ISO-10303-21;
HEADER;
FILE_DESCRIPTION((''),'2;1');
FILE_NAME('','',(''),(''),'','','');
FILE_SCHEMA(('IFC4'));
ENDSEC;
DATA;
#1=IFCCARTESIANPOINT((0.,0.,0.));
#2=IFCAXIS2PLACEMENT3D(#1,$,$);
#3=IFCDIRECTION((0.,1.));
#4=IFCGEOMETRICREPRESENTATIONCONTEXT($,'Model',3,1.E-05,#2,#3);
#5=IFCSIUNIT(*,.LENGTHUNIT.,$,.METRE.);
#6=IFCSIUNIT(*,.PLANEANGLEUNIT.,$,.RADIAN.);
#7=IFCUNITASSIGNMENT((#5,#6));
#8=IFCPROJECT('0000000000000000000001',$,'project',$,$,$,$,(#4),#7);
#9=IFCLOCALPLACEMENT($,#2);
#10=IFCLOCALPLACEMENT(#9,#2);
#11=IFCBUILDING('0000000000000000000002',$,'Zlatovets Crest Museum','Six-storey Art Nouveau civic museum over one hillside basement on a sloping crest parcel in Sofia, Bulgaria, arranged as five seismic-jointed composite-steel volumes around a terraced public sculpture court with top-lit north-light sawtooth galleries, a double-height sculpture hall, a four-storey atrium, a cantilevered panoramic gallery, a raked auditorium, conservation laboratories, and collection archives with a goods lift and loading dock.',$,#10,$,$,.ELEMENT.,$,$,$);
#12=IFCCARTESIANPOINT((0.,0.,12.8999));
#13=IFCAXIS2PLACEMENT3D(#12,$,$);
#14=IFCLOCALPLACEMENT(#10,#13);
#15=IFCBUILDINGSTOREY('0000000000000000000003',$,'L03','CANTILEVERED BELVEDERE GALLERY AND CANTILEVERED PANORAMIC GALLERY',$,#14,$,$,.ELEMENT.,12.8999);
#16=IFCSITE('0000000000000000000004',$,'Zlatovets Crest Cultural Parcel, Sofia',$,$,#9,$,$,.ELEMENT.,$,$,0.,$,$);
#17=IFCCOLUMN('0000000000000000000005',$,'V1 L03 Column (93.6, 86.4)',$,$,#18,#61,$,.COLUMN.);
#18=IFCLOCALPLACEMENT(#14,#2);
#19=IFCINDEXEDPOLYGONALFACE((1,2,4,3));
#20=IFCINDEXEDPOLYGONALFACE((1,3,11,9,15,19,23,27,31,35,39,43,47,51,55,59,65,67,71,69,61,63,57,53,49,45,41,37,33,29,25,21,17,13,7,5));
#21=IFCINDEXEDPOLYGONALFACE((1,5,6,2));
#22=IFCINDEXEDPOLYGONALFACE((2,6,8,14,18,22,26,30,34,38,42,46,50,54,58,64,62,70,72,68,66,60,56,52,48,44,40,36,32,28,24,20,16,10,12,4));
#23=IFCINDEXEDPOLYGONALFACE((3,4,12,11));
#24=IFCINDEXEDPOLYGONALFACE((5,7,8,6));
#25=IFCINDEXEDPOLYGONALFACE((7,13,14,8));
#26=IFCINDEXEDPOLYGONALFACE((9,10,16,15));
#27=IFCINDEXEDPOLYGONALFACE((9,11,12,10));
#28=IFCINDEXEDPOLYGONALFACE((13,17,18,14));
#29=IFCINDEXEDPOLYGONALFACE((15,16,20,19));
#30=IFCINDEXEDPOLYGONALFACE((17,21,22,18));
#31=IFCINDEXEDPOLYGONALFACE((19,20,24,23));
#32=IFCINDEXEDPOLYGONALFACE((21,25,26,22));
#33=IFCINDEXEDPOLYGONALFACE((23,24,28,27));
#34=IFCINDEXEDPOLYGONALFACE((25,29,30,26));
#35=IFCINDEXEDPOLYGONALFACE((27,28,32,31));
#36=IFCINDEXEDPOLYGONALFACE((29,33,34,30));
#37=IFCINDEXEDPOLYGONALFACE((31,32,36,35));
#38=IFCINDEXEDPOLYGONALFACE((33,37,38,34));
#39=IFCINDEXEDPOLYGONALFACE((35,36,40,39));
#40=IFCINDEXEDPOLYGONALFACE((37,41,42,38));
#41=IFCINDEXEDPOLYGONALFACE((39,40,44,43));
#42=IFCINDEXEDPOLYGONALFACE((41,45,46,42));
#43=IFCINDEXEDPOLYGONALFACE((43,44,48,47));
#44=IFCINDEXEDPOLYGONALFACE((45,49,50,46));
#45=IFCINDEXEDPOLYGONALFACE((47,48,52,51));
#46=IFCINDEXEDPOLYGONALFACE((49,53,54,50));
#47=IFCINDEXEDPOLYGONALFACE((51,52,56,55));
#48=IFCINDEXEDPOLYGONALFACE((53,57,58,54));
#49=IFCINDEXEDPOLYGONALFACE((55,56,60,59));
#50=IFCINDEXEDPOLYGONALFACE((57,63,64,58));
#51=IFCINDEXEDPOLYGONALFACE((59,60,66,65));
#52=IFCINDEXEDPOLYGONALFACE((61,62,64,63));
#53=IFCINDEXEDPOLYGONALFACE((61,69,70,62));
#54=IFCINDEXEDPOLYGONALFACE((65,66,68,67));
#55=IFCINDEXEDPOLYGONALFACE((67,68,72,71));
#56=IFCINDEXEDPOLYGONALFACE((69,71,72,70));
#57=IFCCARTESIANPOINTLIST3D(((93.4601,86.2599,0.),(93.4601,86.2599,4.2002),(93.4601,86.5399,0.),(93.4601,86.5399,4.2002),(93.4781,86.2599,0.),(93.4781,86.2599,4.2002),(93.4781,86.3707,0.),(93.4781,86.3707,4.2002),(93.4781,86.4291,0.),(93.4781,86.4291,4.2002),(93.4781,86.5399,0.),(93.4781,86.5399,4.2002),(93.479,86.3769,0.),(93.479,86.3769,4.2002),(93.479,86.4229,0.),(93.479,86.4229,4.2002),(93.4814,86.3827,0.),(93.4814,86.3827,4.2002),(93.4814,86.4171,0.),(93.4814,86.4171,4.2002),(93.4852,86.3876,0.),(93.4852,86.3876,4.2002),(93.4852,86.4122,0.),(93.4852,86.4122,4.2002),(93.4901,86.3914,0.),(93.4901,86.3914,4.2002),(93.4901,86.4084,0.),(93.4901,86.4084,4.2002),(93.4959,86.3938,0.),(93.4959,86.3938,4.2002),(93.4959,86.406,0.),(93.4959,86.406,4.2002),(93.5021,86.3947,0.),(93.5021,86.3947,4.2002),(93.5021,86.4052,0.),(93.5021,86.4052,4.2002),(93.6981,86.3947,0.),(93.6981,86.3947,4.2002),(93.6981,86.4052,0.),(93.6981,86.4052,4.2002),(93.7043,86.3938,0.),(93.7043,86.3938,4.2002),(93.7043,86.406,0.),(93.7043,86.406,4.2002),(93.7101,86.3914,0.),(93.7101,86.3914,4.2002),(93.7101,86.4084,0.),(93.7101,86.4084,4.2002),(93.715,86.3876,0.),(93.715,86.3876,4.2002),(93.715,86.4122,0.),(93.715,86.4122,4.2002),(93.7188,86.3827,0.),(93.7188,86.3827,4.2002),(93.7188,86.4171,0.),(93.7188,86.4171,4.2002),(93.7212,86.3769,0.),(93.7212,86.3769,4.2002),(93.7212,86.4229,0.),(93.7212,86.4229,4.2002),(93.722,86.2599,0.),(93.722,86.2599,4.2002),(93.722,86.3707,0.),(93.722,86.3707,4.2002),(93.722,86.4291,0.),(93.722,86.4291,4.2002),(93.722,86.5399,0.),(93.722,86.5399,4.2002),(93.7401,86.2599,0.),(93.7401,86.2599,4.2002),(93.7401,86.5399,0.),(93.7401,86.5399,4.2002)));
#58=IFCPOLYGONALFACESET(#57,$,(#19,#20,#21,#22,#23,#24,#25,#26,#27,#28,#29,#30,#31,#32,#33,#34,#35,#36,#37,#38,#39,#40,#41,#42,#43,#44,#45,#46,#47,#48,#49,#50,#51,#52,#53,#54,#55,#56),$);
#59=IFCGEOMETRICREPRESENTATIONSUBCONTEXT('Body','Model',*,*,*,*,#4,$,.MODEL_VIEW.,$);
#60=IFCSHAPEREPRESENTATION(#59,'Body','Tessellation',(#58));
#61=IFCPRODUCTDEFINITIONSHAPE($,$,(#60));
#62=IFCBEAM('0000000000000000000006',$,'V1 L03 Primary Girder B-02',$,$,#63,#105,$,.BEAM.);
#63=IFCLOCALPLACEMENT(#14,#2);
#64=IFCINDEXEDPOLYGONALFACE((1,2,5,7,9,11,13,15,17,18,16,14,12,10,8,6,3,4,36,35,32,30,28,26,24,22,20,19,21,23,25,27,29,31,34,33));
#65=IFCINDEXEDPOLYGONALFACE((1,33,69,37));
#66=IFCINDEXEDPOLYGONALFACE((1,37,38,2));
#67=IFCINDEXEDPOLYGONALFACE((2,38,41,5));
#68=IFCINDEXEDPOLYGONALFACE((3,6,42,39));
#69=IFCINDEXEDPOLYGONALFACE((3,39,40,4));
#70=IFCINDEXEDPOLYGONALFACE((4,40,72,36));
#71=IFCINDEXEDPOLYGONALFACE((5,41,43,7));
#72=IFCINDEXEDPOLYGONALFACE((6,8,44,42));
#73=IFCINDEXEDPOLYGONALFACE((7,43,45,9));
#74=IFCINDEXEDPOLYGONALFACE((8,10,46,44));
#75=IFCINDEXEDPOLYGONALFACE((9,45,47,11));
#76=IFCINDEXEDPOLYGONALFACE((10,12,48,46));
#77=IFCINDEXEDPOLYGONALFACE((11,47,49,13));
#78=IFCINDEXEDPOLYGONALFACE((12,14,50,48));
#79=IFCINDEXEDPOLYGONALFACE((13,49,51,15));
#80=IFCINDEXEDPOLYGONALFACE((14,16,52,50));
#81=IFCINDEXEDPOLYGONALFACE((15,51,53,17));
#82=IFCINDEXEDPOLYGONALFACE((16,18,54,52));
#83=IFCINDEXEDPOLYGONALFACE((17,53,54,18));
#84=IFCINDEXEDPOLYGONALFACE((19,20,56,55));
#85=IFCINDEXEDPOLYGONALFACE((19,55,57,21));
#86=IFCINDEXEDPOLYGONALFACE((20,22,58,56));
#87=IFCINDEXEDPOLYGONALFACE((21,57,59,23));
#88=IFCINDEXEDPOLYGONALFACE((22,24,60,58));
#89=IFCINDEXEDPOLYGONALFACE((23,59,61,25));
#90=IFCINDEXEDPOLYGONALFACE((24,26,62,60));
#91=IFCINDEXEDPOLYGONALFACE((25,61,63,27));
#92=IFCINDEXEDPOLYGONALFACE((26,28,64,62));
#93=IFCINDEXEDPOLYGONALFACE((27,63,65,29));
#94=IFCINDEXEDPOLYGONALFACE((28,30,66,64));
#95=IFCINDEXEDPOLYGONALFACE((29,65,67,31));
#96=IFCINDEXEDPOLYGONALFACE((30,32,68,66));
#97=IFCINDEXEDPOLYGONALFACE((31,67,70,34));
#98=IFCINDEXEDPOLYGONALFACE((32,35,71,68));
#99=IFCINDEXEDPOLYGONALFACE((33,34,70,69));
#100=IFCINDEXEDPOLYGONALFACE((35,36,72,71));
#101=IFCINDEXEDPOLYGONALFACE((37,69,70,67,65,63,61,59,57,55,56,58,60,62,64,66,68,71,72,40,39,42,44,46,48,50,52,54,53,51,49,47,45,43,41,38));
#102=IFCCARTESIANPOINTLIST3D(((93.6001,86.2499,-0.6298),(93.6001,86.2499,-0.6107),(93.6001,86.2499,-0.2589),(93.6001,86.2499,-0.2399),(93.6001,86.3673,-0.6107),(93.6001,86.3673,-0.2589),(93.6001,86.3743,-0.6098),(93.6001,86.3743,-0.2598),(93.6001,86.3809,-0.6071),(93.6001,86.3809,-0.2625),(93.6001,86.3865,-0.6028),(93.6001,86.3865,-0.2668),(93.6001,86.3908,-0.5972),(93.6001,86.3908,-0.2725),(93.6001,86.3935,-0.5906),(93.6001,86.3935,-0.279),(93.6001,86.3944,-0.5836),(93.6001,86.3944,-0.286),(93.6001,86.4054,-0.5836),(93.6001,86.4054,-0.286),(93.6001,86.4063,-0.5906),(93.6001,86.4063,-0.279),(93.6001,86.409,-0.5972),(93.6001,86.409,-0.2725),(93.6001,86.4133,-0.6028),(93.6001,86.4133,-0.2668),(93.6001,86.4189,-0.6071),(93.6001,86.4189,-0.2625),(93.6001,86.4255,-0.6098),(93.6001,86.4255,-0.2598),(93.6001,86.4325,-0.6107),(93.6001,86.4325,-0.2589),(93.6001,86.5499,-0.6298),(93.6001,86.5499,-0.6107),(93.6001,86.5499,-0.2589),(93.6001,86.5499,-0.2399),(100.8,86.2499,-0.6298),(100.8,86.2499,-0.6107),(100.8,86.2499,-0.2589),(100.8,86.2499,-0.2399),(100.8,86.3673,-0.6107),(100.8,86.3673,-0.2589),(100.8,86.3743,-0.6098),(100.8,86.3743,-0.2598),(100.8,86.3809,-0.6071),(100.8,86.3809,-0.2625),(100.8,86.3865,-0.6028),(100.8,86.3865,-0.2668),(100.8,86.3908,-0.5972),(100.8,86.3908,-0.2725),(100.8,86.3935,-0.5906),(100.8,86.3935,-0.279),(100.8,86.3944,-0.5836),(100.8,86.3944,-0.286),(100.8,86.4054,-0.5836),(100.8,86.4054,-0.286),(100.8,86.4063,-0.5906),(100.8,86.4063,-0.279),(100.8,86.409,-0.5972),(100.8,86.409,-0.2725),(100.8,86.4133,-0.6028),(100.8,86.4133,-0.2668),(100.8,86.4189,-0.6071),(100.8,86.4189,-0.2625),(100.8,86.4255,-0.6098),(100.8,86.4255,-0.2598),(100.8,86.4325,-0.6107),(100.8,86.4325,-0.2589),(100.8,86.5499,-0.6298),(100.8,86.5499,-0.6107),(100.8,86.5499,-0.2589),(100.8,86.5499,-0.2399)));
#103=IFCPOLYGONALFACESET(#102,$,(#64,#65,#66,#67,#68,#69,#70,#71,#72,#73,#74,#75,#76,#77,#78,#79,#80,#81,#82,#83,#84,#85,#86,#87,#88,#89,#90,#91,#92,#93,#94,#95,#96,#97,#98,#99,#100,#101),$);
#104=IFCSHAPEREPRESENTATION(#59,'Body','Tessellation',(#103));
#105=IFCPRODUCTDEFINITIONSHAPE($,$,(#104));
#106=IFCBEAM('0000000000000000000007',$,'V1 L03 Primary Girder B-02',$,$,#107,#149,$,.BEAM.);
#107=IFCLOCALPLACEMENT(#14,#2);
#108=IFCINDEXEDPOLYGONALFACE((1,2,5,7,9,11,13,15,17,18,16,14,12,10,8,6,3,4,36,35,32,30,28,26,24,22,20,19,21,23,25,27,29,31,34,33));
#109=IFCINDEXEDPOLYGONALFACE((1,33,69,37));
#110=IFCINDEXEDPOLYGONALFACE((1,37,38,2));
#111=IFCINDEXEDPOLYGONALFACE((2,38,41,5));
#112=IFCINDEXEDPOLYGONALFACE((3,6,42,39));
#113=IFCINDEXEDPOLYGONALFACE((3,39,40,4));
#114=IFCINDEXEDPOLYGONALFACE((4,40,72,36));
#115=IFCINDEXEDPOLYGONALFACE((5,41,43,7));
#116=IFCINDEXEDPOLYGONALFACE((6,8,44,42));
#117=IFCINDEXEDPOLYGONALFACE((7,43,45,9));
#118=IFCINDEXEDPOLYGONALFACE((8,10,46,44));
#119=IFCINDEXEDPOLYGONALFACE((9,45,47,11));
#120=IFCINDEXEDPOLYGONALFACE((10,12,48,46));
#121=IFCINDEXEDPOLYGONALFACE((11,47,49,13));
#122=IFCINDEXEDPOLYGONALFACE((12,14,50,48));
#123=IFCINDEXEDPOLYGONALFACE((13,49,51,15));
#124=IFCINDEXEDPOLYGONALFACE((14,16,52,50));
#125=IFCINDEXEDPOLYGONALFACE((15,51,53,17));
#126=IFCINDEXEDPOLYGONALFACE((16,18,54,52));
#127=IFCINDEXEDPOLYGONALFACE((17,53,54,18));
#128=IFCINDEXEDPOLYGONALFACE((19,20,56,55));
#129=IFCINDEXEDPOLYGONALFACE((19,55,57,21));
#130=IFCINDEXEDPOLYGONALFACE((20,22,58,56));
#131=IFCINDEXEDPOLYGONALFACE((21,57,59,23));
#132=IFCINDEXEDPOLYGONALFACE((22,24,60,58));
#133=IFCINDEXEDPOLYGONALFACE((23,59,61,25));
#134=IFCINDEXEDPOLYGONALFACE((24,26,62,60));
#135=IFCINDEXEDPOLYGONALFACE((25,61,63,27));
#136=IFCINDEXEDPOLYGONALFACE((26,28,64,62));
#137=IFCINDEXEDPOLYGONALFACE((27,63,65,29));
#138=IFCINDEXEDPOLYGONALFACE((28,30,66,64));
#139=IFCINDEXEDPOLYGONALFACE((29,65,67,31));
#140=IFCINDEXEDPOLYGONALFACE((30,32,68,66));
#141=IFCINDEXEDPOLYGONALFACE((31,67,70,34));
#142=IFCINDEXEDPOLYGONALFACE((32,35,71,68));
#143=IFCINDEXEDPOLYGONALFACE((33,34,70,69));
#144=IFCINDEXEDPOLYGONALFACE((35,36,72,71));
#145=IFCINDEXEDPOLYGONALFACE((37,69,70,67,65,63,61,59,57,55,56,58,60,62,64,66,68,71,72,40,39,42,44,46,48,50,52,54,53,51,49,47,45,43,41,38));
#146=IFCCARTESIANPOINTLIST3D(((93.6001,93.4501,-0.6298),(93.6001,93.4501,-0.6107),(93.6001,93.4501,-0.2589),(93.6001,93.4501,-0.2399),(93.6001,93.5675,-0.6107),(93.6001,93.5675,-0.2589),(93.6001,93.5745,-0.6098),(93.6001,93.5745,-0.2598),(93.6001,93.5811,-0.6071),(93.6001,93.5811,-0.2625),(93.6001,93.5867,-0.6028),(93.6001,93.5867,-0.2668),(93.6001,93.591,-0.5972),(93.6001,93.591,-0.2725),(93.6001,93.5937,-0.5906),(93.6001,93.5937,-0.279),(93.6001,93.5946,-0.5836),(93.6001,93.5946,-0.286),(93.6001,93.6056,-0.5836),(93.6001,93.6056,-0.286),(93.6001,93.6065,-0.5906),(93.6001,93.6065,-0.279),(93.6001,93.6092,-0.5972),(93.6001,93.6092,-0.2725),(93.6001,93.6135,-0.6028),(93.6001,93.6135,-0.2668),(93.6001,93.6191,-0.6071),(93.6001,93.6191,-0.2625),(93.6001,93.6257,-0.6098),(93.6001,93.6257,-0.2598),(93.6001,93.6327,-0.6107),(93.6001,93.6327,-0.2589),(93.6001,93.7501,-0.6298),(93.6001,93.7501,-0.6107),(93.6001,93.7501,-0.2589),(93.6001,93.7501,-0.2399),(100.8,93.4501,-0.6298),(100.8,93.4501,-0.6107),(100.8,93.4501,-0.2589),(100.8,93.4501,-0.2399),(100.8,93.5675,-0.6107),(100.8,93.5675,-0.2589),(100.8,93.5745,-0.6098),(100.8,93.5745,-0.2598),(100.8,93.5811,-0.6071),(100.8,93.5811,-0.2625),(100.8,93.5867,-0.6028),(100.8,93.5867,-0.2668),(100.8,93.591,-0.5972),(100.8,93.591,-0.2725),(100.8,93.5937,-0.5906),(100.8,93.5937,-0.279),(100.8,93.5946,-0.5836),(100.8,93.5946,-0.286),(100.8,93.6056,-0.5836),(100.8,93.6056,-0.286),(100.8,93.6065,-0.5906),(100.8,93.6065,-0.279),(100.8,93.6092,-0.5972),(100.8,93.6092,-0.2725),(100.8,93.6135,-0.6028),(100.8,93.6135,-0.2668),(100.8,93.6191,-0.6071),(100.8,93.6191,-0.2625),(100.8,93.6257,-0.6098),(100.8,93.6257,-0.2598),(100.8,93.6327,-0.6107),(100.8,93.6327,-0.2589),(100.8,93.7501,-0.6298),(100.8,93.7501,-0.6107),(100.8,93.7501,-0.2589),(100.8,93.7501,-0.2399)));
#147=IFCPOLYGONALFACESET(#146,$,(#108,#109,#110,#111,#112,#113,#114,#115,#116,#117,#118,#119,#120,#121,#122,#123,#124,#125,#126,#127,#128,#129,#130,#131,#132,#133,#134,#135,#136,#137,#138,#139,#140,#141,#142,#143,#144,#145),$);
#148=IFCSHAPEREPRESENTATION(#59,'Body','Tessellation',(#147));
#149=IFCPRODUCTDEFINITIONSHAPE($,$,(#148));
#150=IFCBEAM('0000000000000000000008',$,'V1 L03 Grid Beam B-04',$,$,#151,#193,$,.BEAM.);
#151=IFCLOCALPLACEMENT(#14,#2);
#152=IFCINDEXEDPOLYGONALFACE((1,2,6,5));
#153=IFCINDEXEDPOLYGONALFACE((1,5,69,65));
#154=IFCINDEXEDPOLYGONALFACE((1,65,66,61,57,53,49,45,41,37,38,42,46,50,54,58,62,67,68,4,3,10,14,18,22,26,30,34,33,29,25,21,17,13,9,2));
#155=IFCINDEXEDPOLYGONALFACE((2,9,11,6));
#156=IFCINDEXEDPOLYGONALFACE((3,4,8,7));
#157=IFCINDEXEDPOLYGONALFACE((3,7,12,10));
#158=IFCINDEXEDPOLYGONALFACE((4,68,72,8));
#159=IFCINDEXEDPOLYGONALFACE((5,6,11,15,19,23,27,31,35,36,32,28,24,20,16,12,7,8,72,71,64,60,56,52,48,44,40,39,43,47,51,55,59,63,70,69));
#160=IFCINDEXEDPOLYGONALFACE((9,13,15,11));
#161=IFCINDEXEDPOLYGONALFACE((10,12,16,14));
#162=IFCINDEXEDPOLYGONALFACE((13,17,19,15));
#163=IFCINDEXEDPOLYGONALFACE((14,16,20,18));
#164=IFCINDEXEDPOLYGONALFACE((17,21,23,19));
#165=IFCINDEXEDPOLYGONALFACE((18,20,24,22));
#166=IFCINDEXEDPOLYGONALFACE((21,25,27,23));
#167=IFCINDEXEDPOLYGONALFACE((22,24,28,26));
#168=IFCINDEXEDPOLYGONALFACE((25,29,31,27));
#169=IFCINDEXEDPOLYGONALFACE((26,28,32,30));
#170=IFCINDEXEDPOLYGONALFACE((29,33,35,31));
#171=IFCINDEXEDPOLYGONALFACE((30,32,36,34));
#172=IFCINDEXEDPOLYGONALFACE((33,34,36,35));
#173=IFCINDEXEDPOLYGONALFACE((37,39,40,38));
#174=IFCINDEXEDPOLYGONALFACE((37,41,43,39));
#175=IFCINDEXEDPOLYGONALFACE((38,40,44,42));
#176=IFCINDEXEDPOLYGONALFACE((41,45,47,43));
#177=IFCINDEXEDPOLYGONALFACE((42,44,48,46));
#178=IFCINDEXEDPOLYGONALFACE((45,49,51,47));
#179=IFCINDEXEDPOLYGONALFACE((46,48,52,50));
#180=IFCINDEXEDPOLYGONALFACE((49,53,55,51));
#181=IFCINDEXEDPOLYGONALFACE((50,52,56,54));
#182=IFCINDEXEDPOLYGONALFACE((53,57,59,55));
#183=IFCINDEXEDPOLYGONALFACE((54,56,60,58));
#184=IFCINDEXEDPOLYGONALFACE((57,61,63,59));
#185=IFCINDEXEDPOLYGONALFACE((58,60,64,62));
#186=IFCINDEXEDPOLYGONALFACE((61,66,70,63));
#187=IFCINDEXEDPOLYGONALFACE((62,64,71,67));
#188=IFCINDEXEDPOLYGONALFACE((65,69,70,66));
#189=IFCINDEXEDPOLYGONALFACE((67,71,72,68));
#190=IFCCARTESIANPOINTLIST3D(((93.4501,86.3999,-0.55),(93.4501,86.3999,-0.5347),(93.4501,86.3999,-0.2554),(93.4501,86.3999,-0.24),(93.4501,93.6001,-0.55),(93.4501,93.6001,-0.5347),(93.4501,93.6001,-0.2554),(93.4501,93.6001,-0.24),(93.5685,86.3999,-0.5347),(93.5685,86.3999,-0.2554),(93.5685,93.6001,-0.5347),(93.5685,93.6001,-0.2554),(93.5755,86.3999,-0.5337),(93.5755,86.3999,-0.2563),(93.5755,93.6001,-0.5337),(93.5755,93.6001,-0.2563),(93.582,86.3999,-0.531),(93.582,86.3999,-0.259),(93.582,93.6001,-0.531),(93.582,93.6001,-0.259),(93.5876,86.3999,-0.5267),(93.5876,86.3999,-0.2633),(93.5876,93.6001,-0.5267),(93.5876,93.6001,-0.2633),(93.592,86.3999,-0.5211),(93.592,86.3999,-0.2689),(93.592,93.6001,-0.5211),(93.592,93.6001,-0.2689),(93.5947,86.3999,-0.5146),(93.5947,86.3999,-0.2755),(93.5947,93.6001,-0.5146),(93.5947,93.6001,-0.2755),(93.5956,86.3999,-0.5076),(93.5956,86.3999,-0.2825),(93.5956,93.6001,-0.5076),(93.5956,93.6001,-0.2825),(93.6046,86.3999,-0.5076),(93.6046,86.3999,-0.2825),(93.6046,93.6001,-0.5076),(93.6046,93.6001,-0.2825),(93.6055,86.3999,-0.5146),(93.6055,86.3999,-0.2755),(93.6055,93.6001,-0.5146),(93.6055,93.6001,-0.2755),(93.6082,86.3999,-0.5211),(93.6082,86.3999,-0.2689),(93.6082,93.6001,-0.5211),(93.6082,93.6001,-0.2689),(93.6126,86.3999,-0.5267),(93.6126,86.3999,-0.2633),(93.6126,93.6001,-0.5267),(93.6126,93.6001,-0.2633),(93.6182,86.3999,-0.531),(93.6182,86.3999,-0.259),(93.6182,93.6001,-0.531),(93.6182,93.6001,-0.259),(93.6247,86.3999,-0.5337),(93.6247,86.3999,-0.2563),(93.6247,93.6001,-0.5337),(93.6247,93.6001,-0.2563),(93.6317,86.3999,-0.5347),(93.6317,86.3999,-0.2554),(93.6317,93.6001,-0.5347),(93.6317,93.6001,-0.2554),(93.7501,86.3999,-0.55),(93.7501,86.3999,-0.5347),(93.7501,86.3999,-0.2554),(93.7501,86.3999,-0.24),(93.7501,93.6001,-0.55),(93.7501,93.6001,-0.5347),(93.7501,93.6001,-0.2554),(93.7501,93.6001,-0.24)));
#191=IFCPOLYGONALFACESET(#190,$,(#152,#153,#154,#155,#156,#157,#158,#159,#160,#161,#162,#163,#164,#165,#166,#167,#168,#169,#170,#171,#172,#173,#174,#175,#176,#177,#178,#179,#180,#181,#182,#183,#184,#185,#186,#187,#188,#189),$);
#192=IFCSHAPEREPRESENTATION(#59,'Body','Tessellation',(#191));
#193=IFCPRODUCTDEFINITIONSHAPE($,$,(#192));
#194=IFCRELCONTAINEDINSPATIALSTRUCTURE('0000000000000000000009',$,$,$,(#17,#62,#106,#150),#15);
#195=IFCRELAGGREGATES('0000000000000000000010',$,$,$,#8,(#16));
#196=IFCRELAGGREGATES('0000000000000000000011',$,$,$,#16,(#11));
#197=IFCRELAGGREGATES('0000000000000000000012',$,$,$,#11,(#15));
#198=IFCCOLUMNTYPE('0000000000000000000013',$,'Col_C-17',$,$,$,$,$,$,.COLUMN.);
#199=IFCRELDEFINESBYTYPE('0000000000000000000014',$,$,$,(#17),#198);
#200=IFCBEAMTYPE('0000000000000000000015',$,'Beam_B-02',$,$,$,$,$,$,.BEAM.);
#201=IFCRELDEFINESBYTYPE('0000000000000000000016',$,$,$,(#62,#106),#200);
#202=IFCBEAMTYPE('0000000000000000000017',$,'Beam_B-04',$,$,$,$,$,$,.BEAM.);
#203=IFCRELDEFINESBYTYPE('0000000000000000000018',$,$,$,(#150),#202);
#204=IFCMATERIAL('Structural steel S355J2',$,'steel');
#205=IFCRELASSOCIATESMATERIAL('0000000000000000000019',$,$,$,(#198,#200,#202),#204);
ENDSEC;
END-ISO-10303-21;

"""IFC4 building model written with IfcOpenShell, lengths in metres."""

from ifc_helpers import new_model, si_unit, direction, frame, origin, origin_2d, place, context, subcontext, project, spatial, i_section, extrude, material, material_profile, profile_set, type_object, element, save


model = new_model("IFC4")

# Units and contexts
model_context = context("Model", 3, precision=1e-05, world=origin(), true_north=direction((0.0, 1.0)))
body_context = subcontext(model_context, "Body", "Model", "MODEL_VIEW")
ifc_project = project(units=[si_unit("LENGTHUNIT", "METRE"), si_unit("PLANEANGLEUNIT", "RADIAN")], contexts=[model_context])

# Site, building, storey
site_placement = place(None, origin())
site = spatial("IfcSite", under=ifc_project, at=site_placement, Name="Zlatovets Crest Cultural Parcel, Sofia", CompositionType="ELEMENT", RefElevation=0.0)
building_placement = place(site_placement, origin())
building = spatial("IfcBuilding", under=site, at=building_placement, Name="Zlatovets Crest Museum", Description="Six-storey Art Nouveau civic museum over one hillside basement on a sloping crest parcel in Sofia, Bulgaria, arranged as five seismic-jointed composite-steel volumes around a terraced public sculpture court with top-lit north-light sawtooth galleries, a double-height sculpture hall, a four-storey atrium, a cantilevered panoramic gallery, a raked auditorium, conservation laboratories, and collection archives with a goods lift and loading dock.", CompositionType="ELEMENT")
storey_placement = place(building_placement, frame((0.0, 0.0, 12.8999)))
storey = spatial("IfcBuildingStorey", under=building, at=storey_placement, Name="L03", Description="CANTILEVERED BELVEDERE GALLERY AND CANTILEVERED PANORAMIC GALLERY", CompositionType="ELEMENT", Elevation=12.8999)

# Column
ifc_material_1 = material(Name="Structural steel S355J2", Category="steel")
ifc_material_profile_1 = material_profile(ifc_material_1, i_section(OverallWidth=0.28, OverallDepth=0.28, WebThickness=0.0105, FlangeThickness=0.0181, FilletRadius=0.0239, at=origin_2d()), Name="HEB 280")
ifc_profile_set_1 = profile_set([ifc_material_profile_1], Name="Structural steel S355J2")
column_type = type_object("IfcColumnType", Name="Col_C-17", PredefinedType="COLUMN", material=ifc_profile_set_1)
column_placement = place(storey_placement, frame((93.6001, 86.3999, 0.0), z_axis=(0.0, 0.0, 1.0), x_axis=(0.0, 1.0, 0.0)))
element("IfcColumn", 1, at=column_placement, inside=storey, type_object=column_type, Name="V1 L03 Column (93.6, 86.4)", PredefinedType="COLUMN", context=body_context, shape_type="SweptSolid", body=[
    extrude(i_section(OverallWidth=0.28, OverallDepth=0.28, WebThickness=0.0105, FlangeThickness=0.0181, FilletRadius=0.0239, at=origin_2d()), origin(), (0.0, 0.0, 1.0), 4.2002),
])

# Beams
ifc_material_profile_2 = material_profile(ifc_material_1, i_section(OverallWidth=0.3, OverallDepth=0.3899, WebThickness=0.011, FlangeThickness=0.019, FilletRadius=0.0271, at=origin_2d()), Name="HEA 400")
ifc_profile_set_2 = profile_set([ifc_material_profile_2], Name="Structural steel S355J2")
beam_type_1 = type_object("IfcBeamType", Name="Beam_B-02", PredefinedType="BEAM", material=ifc_profile_set_2)
for number, where, z_axis, x_axis, name in (
    (2, (93.6001, 86.3999, -0.4348), (1.0, 0.0, 0.0), (0.0, 1.0, 0.0), "V1 L03 Primary Girder B-02"),
    (3, (93.6001, 93.6001, -0.4348), (1.0, 0.0, 0.0), (0.0, 1.0, 0.0), "V1 L03 Primary Girder B-02"),
):
    element("IfcBeam", number, at=place(storey_placement, frame(where, z_axis=z_axis, x_axis=x_axis)), inside=storey, type_object=beam_type_1, Name=name, PredefinedType="BEAM", context=body_context, shape_type="SweptSolid", body=[
        extrude(i_section(OverallWidth=0.3, OverallDepth=0.3899, WebThickness=0.011, FlangeThickness=0.019, FilletRadius=0.0271, at=origin_2d()), origin(), (0.0, 0.0, 1.0), 7.2),
    ])
ifc_material_profile_3 = material_profile(ifc_material_1, i_section(OverallWidth=0.3, OverallDepth=0.3101, WebThickness=0.009, FlangeThickness=0.0154, FilletRadius=0.0271, at=origin_2d()), Name="HEA 320")
ifc_profile_set_3 = profile_set([ifc_material_profile_3], Name="Structural steel S355J2")
beam_type_2 = type_object("IfcBeamType", Name="Beam_B-04", PredefinedType="BEAM", material=ifc_profile_set_3)
beam_1_placement = place(storey_placement, frame((93.6001, 86.3999, -0.395), z_axis=(0.0, 1.0, 0.0), x_axis=(-1.0, 0.0, 0.0)))
element("IfcBeam", 4, at=beam_1_placement, inside=storey, type_object=beam_type_2, Name="V1 L03 Grid Beam B-04", PredefinedType="BEAM", context=body_context, shape_type="SweptSolid", body=[
    extrude(i_section(OverallWidth=0.3, OverallDepth=0.3101, WebThickness=0.009, FlangeThickness=0.0154, FilletRadius=0.0271, at=origin_2d()), origin(), (0.0, 0.0, 1.0), 7.2002),
])

save(model, "model.ifc")
